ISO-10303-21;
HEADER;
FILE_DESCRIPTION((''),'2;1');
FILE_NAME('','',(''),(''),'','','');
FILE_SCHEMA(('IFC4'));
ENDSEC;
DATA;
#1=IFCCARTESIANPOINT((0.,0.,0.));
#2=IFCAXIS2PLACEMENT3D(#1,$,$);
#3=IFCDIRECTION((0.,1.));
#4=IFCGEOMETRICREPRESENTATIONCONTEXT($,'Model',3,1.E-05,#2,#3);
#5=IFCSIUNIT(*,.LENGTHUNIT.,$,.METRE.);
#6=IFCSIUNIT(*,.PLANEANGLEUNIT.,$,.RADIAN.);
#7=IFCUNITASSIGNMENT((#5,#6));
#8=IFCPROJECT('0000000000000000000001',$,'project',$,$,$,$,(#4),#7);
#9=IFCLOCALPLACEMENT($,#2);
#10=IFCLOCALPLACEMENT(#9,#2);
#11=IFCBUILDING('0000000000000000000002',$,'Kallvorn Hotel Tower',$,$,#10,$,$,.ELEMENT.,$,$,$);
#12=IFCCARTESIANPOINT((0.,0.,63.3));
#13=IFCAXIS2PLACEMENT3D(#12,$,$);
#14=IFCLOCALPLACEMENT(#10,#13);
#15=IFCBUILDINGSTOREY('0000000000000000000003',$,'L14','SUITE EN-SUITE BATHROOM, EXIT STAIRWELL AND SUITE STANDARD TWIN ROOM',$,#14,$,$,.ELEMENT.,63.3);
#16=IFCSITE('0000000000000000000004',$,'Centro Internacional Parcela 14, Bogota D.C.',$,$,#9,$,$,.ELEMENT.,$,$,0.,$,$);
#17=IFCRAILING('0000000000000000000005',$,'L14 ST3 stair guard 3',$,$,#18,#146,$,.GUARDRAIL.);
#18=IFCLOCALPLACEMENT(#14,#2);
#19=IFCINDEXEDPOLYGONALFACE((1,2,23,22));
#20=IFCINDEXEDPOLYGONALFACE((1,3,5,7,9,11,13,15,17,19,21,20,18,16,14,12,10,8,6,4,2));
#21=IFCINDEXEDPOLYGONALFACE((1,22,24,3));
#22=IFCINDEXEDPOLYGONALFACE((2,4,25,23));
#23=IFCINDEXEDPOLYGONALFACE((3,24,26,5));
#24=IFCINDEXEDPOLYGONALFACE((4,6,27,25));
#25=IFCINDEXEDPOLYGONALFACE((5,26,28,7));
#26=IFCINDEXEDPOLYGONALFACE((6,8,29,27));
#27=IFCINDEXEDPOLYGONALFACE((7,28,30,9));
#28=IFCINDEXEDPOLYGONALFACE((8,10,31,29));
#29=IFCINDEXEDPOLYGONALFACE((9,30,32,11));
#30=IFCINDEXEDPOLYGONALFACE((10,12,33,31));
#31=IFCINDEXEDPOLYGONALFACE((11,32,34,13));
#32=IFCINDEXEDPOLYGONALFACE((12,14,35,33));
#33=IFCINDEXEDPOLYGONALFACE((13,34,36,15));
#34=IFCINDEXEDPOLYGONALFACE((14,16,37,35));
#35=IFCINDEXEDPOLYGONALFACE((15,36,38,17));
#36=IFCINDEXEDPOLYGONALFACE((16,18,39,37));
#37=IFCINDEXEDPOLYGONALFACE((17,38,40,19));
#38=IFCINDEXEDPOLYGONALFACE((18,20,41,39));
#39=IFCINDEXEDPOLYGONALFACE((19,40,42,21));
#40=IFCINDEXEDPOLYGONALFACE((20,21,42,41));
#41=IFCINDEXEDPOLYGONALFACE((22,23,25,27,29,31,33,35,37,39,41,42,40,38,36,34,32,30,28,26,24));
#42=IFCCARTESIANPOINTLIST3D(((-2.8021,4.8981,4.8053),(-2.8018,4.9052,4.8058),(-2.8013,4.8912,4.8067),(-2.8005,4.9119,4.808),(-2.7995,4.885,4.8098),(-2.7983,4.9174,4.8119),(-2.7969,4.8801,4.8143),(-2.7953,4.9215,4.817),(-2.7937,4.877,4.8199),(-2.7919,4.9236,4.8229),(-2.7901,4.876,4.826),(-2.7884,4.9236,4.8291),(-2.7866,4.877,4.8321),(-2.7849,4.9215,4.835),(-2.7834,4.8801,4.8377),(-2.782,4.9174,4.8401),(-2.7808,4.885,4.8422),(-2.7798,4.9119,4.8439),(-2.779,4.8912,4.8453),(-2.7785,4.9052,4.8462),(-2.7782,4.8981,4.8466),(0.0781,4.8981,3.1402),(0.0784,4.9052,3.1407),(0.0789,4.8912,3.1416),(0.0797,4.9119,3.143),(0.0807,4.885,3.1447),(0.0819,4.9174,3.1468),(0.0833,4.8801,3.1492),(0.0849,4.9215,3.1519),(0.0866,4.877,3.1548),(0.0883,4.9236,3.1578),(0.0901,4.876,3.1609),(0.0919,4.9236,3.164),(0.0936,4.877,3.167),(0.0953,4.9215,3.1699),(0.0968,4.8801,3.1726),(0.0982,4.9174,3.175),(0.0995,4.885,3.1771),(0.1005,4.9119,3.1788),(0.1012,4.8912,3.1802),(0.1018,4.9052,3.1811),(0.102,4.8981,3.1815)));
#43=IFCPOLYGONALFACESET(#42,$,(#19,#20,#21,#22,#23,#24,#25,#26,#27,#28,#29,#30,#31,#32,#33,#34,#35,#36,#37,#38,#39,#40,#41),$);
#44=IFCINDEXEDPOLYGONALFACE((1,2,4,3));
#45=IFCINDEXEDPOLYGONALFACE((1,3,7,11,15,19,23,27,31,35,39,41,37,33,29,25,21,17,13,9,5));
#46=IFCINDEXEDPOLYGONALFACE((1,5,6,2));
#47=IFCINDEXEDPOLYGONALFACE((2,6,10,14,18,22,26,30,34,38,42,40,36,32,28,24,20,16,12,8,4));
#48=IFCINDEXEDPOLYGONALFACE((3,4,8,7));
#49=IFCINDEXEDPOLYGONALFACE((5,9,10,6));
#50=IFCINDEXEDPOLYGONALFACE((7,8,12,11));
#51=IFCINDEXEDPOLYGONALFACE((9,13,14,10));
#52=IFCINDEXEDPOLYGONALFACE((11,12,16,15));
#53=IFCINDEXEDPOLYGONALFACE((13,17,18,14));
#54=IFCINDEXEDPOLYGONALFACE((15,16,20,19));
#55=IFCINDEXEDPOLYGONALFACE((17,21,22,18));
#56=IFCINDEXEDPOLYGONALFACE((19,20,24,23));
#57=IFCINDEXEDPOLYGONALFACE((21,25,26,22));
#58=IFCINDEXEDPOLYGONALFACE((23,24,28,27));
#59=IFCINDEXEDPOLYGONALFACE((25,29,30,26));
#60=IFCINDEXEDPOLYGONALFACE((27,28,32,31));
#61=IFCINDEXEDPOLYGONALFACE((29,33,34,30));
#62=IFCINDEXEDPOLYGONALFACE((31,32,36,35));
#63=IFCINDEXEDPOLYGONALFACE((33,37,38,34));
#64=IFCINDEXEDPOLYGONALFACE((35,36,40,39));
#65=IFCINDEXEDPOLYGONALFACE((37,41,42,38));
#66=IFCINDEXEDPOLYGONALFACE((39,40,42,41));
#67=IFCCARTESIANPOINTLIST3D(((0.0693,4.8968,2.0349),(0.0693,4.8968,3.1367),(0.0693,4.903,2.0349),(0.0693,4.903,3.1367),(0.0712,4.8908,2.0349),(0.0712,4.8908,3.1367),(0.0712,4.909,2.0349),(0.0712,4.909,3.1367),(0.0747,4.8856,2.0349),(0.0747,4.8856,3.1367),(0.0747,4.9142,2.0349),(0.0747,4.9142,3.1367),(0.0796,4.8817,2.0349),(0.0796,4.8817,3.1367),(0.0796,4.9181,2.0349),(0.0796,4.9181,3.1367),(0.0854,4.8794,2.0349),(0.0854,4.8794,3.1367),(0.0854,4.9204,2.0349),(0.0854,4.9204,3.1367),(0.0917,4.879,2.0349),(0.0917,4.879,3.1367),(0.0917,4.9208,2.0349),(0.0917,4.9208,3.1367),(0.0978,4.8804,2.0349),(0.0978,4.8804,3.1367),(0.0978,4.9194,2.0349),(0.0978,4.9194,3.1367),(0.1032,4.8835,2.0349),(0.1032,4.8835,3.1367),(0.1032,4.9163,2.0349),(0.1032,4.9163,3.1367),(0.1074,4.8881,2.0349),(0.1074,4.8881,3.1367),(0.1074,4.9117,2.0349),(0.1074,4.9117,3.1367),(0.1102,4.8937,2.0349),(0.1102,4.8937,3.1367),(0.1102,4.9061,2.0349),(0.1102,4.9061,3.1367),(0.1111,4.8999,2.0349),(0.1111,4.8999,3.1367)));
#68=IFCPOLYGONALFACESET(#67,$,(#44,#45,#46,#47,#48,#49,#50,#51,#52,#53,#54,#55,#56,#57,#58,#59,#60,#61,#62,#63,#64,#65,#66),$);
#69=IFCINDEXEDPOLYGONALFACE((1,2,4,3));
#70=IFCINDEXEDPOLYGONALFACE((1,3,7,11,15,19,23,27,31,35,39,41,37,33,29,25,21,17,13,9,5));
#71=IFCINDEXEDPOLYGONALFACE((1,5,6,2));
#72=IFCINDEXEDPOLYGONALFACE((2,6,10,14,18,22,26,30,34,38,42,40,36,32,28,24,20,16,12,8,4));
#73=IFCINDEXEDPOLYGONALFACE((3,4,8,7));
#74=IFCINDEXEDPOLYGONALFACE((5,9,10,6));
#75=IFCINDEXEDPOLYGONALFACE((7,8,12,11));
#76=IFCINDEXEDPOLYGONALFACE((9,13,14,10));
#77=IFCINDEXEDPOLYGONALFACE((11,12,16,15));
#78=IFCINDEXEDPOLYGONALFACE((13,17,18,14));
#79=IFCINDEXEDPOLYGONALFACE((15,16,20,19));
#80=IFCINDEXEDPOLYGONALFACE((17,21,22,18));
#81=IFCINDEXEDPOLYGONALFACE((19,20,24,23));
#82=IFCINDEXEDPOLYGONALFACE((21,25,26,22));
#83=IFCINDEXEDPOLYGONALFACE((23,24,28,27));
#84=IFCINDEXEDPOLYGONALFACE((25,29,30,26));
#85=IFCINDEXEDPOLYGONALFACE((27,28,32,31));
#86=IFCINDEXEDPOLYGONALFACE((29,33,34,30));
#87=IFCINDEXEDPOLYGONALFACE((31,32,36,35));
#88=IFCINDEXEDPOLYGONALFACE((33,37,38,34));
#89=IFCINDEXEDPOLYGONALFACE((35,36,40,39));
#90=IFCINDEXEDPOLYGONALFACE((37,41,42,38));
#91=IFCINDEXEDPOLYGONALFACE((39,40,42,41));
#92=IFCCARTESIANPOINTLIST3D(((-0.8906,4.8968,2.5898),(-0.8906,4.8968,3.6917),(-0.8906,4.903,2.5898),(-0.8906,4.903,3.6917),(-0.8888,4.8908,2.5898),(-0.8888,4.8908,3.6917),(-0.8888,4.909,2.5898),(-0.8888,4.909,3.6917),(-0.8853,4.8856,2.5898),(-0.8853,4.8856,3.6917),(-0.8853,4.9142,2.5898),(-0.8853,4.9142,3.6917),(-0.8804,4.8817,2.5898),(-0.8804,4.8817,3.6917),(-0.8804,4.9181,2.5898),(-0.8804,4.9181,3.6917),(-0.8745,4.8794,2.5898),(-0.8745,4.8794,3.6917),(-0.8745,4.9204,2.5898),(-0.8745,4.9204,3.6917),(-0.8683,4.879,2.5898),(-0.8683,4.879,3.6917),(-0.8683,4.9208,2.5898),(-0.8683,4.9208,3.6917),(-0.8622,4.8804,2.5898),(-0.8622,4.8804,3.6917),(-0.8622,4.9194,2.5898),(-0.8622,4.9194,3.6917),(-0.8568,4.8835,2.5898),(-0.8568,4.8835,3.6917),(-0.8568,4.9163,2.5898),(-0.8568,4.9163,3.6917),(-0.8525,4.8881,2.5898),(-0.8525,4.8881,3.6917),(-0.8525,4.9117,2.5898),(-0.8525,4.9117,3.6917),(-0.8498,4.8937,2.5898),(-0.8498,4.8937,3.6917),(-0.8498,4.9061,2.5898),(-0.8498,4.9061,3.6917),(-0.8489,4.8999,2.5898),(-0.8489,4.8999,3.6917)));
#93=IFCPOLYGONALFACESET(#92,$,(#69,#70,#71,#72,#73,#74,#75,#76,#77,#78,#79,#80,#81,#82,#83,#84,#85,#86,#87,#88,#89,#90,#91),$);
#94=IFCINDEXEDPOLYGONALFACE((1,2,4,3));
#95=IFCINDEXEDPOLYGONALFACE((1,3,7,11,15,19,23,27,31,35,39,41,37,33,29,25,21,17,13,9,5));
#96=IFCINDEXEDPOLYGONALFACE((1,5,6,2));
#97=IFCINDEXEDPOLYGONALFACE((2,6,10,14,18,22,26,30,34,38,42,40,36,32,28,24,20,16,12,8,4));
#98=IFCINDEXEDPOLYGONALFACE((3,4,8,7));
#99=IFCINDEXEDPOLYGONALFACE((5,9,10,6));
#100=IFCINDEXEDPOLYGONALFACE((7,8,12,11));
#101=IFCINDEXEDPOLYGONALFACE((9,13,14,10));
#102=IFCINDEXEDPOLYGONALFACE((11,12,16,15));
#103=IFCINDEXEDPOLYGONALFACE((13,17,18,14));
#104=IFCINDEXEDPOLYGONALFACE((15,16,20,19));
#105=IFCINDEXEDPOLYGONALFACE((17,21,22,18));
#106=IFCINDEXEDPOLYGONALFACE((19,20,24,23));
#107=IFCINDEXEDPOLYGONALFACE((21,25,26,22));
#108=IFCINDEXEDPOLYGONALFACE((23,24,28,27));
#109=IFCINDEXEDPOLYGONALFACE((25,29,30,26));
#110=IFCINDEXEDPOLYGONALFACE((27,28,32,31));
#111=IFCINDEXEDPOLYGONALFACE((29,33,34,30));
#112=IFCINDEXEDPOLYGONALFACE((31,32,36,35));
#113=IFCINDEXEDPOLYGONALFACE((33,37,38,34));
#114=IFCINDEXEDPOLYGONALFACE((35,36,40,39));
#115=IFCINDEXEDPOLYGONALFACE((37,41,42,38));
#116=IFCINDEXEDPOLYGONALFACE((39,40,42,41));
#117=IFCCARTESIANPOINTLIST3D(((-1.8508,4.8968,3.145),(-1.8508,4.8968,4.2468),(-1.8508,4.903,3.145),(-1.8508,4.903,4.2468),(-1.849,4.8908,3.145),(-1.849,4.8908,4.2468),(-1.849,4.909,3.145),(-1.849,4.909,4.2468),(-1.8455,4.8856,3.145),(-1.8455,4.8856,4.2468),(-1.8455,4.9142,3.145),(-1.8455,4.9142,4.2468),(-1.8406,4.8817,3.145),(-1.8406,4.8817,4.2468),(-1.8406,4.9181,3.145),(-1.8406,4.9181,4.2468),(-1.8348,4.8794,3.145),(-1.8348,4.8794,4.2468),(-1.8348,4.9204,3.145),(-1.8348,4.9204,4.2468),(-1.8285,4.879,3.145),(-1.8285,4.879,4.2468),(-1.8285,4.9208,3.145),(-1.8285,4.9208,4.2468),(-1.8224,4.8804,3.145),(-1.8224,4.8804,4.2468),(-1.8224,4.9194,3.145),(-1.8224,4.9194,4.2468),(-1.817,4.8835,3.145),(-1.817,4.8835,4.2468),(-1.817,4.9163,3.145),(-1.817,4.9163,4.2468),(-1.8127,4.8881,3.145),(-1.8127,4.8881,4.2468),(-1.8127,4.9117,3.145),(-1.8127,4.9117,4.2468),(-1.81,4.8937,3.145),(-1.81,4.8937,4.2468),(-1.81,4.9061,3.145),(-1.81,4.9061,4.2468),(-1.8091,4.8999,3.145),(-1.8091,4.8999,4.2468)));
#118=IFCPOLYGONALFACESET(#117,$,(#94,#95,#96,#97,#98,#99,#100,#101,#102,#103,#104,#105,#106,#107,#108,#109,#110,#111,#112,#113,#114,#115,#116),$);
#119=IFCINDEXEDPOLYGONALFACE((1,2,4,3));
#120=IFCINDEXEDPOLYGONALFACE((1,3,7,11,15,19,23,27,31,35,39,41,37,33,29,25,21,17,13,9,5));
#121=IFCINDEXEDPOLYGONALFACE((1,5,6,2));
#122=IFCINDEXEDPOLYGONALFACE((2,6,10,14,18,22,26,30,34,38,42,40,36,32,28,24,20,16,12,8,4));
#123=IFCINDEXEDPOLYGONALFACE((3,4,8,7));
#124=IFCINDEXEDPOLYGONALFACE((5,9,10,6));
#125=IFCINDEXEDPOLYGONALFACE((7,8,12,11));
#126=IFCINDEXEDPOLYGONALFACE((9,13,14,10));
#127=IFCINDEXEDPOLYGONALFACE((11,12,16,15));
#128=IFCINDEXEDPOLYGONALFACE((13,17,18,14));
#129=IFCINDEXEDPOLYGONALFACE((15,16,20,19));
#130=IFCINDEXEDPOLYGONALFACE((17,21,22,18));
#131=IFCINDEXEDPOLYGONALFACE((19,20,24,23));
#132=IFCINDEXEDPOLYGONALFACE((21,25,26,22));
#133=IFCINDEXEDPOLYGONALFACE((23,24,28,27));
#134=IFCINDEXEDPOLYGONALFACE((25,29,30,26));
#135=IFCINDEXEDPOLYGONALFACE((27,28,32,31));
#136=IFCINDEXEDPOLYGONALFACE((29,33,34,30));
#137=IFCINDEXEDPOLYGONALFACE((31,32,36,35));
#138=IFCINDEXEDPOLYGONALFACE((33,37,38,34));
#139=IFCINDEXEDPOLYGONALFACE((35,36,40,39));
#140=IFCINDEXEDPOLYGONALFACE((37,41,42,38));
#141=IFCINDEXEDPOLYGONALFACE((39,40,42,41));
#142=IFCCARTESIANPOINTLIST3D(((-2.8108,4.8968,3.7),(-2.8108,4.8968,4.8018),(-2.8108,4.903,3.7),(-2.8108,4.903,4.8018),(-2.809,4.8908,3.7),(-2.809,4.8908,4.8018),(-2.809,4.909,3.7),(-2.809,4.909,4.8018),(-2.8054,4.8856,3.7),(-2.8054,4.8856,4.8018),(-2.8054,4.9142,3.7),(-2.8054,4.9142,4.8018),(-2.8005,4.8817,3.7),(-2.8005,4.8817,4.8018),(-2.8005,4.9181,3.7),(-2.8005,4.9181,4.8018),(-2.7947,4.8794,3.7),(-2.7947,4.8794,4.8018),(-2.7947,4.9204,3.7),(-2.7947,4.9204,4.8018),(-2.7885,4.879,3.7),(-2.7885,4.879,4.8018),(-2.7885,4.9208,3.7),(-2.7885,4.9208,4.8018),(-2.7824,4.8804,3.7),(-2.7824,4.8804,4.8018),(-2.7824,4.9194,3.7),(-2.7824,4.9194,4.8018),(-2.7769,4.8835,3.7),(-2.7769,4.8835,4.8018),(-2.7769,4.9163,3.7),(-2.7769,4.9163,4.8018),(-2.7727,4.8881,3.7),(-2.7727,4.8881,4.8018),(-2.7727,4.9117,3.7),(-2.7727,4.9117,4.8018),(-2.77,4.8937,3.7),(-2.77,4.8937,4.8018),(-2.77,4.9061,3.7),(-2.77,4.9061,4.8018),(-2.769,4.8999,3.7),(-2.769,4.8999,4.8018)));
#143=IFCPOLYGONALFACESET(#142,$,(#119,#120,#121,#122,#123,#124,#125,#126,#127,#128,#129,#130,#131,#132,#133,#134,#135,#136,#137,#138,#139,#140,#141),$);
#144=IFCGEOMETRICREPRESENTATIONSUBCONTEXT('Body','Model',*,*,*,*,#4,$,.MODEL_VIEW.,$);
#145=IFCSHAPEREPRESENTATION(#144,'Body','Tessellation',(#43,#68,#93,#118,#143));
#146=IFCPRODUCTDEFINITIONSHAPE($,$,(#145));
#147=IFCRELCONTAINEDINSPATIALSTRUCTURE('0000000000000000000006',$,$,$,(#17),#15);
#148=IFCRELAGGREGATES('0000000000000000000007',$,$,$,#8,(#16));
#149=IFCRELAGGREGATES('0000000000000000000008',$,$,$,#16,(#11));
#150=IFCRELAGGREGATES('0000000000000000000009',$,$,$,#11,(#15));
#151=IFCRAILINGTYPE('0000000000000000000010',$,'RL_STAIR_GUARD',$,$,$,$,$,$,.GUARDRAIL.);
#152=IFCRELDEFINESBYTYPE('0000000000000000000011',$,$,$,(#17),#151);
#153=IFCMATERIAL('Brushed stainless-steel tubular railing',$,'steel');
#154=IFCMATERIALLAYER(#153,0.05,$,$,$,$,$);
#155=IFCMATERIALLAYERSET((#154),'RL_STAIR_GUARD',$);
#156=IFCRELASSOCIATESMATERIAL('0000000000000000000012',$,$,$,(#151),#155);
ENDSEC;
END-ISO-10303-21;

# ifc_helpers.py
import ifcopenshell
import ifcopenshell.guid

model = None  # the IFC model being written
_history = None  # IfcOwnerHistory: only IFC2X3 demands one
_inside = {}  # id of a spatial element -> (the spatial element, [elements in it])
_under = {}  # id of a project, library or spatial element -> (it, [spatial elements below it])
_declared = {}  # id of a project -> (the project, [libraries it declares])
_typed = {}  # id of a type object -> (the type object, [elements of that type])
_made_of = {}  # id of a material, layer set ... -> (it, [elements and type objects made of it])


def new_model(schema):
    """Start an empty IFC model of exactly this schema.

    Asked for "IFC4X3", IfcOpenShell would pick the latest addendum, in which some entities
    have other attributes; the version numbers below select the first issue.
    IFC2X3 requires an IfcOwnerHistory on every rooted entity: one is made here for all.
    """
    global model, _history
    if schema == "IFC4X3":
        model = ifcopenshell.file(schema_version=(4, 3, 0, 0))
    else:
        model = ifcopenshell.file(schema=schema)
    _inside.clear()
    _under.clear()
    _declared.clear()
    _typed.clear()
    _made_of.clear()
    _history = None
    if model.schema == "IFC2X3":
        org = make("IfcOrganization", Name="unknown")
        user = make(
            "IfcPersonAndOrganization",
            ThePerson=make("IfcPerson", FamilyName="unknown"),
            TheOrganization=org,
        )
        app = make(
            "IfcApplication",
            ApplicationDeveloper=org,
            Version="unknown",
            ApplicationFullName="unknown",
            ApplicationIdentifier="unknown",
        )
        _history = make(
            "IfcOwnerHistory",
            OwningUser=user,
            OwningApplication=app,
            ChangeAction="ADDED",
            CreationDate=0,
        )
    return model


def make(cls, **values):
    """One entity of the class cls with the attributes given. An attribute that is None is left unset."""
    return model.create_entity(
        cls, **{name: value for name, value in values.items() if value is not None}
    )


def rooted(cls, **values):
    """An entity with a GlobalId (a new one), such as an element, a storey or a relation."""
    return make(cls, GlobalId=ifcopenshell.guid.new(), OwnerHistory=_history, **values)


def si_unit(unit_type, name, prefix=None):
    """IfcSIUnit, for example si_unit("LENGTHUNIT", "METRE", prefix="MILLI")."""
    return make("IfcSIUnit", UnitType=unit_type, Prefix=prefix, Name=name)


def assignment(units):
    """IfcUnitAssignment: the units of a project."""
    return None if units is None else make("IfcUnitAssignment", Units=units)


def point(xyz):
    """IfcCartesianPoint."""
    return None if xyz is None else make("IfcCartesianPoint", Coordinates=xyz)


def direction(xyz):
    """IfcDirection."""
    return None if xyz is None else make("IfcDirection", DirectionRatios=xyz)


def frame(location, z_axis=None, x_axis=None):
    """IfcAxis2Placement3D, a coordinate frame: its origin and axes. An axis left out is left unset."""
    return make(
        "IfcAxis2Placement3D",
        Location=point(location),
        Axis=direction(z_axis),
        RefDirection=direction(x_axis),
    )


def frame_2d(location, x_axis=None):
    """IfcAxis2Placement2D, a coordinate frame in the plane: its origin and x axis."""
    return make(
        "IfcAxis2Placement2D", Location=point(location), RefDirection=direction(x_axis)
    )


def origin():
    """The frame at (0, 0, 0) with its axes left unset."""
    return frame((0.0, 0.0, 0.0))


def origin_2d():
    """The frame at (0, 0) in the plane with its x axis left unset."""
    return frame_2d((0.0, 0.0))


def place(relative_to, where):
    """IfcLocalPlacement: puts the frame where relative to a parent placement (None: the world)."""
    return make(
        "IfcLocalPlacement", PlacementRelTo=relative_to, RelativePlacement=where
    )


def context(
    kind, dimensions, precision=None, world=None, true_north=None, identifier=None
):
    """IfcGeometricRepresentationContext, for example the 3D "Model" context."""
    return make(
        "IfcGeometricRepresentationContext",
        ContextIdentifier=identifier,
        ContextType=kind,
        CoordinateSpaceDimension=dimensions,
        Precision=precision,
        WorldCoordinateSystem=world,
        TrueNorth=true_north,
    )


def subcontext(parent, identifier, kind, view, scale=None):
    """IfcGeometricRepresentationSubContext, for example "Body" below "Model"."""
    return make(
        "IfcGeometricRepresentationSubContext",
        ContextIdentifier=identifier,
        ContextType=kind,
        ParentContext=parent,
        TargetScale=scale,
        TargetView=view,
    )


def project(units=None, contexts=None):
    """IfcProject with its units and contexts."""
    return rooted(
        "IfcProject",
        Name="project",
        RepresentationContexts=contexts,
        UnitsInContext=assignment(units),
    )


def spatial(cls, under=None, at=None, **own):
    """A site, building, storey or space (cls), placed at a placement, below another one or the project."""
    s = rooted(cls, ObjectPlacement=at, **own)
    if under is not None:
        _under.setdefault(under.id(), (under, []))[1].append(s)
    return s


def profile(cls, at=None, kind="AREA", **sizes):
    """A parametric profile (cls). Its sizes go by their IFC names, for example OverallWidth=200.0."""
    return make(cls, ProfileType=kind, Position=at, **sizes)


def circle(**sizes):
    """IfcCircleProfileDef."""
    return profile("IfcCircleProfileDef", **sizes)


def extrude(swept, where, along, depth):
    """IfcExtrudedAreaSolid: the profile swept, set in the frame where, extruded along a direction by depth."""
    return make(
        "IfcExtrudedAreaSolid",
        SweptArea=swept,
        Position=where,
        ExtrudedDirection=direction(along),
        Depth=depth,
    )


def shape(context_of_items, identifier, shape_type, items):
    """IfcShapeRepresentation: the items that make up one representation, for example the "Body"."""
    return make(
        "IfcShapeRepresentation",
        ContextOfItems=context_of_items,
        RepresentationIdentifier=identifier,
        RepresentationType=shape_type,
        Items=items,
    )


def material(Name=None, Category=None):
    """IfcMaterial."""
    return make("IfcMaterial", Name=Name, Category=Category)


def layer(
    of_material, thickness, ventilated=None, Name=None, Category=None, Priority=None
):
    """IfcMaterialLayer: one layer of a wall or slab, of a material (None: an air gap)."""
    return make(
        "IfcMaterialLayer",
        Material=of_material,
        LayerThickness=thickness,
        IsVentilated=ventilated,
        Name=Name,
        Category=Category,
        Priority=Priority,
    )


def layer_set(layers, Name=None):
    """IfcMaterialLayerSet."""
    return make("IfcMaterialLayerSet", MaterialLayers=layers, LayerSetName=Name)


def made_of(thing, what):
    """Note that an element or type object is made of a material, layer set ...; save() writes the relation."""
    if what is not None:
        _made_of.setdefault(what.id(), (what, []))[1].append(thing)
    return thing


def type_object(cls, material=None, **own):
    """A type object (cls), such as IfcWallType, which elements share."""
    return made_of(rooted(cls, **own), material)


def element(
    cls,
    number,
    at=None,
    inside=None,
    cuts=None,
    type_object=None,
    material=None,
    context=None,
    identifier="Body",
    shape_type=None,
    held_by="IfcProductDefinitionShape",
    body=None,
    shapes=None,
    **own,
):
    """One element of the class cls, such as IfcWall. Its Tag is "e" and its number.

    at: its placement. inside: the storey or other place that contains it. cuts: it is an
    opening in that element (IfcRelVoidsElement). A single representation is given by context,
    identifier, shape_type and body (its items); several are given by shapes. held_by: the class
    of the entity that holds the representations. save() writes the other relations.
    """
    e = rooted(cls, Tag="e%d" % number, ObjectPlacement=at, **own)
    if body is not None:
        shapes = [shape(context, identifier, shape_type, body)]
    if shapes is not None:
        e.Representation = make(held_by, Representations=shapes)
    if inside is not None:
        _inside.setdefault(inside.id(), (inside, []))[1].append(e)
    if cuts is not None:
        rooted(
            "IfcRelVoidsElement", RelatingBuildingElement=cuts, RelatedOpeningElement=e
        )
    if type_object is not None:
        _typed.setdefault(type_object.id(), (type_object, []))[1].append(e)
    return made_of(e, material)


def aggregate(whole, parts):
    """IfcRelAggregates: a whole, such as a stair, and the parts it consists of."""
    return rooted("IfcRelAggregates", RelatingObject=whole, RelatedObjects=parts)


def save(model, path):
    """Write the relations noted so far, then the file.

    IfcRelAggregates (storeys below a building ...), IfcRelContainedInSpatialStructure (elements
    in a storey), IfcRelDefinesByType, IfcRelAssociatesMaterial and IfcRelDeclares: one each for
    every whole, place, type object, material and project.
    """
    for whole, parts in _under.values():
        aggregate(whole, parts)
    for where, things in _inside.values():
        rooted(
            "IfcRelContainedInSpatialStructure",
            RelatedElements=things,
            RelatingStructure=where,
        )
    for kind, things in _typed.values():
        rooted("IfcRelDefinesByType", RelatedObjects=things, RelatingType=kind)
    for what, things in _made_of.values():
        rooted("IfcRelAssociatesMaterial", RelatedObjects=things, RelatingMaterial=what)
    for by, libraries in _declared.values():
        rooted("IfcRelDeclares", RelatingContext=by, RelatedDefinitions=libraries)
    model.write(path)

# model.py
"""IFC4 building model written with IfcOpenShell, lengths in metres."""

from ifc_helpers import new_model, si_unit, direction, frame, origin, origin_2d, place, context, subcontext, project, spatial, circle, extrude, material, layer, layer_set, type_object, element, save


model = new_model("IFC4")

# Units and contexts
model_context = context("Model", 3, precision=1e-05, world=origin(), true_north=direction((0.0, 1.0)))
body_context = subcontext(model_context, "Body", "Model", "MODEL_VIEW")
ifc_project = project(units=[si_unit("LENGTHUNIT", "METRE"), si_unit("PLANEANGLEUNIT", "RADIAN")], contexts=[model_context])

# Site, building, storey
site_placement = place(None, origin())
site = spatial("IfcSite", under=ifc_project, at=site_placement, Name="Centro Internacional Parcela 14, Bogota D.C.", CompositionType="ELEMENT", RefElevation=0.0)
building_placement = place(site_placement, origin())
building = spatial("IfcBuilding", under=site, at=building_placement, Name="Kallvorn Hotel Tower", CompositionType="ELEMENT")
storey_placement = place(building_placement, frame((0.0, 0.0, 63.3)))
storey = spatial("IfcBuildingStorey", under=building, at=storey_placement, Name="L14", Description="SUITE EN-SUITE BATHROOM, EXIT STAIRWELL AND SUITE STANDARD TWIN ROOM", CompositionType="ELEMENT", Elevation=63.3)

# Railing
ifc_material_1 = material(Name="Brushed stainless-steel tubular railing", Category="steel")
ifc_layer_1 = layer(ifc_material_1, 0.05)
ifc_layer_set_1 = layer_set([ifc_layer_1], Name="RL_STAIR_GUARD")
railing_type_1 = type_object("IfcRailingType", Name="RL_STAIR_GUARD", PredefinedType="GUARDRAIL", material=ifc_layer_set_1)
railing_1_placement = place(storey_placement, frame((0.0901, 4.8999, 2.0349)))
element("IfcRailing", 1, at=railing_1_placement, inside=storey, type_object=railing_type_1, Name="L14 ST3 stair guard 3", PredefinedType="GUARDRAIL", context=body_context, shape_type="SweptSolid", body=[
    extrude(circle(Radius=0.0239, at=origin_2d()), frame((0.0, 0.0, 1.126), z_axis=(-0.865739, 0.0, 0.500495), x_axis=(0.0, -1.0, 0.0)), (0.0, 0.0, 1.0), 3.3269),
    extrude(circle(Radius=0.021, at=origin_2d()), origin(), (0.0, 0.0, 1.0), 1.1018),
    extrude(circle(Radius=0.021, at=origin_2d()), frame((-0.96, 0.0, 0.5549)), (0.0, 0.0, 1.0), 1.1018),
    extrude(circle(Radius=0.021, at=origin_2d()), frame((-1.9202, 0.0, 1.1101)), (0.0, 0.0, 1.0), 1.1018),
    extrude(circle(Radius=0.021, at=origin_2d()), frame((-2.8801, 0.0, 1.665)), (0.0, 0.0, 1.0), 1.1018),
])

save(model, "model.ifc")
